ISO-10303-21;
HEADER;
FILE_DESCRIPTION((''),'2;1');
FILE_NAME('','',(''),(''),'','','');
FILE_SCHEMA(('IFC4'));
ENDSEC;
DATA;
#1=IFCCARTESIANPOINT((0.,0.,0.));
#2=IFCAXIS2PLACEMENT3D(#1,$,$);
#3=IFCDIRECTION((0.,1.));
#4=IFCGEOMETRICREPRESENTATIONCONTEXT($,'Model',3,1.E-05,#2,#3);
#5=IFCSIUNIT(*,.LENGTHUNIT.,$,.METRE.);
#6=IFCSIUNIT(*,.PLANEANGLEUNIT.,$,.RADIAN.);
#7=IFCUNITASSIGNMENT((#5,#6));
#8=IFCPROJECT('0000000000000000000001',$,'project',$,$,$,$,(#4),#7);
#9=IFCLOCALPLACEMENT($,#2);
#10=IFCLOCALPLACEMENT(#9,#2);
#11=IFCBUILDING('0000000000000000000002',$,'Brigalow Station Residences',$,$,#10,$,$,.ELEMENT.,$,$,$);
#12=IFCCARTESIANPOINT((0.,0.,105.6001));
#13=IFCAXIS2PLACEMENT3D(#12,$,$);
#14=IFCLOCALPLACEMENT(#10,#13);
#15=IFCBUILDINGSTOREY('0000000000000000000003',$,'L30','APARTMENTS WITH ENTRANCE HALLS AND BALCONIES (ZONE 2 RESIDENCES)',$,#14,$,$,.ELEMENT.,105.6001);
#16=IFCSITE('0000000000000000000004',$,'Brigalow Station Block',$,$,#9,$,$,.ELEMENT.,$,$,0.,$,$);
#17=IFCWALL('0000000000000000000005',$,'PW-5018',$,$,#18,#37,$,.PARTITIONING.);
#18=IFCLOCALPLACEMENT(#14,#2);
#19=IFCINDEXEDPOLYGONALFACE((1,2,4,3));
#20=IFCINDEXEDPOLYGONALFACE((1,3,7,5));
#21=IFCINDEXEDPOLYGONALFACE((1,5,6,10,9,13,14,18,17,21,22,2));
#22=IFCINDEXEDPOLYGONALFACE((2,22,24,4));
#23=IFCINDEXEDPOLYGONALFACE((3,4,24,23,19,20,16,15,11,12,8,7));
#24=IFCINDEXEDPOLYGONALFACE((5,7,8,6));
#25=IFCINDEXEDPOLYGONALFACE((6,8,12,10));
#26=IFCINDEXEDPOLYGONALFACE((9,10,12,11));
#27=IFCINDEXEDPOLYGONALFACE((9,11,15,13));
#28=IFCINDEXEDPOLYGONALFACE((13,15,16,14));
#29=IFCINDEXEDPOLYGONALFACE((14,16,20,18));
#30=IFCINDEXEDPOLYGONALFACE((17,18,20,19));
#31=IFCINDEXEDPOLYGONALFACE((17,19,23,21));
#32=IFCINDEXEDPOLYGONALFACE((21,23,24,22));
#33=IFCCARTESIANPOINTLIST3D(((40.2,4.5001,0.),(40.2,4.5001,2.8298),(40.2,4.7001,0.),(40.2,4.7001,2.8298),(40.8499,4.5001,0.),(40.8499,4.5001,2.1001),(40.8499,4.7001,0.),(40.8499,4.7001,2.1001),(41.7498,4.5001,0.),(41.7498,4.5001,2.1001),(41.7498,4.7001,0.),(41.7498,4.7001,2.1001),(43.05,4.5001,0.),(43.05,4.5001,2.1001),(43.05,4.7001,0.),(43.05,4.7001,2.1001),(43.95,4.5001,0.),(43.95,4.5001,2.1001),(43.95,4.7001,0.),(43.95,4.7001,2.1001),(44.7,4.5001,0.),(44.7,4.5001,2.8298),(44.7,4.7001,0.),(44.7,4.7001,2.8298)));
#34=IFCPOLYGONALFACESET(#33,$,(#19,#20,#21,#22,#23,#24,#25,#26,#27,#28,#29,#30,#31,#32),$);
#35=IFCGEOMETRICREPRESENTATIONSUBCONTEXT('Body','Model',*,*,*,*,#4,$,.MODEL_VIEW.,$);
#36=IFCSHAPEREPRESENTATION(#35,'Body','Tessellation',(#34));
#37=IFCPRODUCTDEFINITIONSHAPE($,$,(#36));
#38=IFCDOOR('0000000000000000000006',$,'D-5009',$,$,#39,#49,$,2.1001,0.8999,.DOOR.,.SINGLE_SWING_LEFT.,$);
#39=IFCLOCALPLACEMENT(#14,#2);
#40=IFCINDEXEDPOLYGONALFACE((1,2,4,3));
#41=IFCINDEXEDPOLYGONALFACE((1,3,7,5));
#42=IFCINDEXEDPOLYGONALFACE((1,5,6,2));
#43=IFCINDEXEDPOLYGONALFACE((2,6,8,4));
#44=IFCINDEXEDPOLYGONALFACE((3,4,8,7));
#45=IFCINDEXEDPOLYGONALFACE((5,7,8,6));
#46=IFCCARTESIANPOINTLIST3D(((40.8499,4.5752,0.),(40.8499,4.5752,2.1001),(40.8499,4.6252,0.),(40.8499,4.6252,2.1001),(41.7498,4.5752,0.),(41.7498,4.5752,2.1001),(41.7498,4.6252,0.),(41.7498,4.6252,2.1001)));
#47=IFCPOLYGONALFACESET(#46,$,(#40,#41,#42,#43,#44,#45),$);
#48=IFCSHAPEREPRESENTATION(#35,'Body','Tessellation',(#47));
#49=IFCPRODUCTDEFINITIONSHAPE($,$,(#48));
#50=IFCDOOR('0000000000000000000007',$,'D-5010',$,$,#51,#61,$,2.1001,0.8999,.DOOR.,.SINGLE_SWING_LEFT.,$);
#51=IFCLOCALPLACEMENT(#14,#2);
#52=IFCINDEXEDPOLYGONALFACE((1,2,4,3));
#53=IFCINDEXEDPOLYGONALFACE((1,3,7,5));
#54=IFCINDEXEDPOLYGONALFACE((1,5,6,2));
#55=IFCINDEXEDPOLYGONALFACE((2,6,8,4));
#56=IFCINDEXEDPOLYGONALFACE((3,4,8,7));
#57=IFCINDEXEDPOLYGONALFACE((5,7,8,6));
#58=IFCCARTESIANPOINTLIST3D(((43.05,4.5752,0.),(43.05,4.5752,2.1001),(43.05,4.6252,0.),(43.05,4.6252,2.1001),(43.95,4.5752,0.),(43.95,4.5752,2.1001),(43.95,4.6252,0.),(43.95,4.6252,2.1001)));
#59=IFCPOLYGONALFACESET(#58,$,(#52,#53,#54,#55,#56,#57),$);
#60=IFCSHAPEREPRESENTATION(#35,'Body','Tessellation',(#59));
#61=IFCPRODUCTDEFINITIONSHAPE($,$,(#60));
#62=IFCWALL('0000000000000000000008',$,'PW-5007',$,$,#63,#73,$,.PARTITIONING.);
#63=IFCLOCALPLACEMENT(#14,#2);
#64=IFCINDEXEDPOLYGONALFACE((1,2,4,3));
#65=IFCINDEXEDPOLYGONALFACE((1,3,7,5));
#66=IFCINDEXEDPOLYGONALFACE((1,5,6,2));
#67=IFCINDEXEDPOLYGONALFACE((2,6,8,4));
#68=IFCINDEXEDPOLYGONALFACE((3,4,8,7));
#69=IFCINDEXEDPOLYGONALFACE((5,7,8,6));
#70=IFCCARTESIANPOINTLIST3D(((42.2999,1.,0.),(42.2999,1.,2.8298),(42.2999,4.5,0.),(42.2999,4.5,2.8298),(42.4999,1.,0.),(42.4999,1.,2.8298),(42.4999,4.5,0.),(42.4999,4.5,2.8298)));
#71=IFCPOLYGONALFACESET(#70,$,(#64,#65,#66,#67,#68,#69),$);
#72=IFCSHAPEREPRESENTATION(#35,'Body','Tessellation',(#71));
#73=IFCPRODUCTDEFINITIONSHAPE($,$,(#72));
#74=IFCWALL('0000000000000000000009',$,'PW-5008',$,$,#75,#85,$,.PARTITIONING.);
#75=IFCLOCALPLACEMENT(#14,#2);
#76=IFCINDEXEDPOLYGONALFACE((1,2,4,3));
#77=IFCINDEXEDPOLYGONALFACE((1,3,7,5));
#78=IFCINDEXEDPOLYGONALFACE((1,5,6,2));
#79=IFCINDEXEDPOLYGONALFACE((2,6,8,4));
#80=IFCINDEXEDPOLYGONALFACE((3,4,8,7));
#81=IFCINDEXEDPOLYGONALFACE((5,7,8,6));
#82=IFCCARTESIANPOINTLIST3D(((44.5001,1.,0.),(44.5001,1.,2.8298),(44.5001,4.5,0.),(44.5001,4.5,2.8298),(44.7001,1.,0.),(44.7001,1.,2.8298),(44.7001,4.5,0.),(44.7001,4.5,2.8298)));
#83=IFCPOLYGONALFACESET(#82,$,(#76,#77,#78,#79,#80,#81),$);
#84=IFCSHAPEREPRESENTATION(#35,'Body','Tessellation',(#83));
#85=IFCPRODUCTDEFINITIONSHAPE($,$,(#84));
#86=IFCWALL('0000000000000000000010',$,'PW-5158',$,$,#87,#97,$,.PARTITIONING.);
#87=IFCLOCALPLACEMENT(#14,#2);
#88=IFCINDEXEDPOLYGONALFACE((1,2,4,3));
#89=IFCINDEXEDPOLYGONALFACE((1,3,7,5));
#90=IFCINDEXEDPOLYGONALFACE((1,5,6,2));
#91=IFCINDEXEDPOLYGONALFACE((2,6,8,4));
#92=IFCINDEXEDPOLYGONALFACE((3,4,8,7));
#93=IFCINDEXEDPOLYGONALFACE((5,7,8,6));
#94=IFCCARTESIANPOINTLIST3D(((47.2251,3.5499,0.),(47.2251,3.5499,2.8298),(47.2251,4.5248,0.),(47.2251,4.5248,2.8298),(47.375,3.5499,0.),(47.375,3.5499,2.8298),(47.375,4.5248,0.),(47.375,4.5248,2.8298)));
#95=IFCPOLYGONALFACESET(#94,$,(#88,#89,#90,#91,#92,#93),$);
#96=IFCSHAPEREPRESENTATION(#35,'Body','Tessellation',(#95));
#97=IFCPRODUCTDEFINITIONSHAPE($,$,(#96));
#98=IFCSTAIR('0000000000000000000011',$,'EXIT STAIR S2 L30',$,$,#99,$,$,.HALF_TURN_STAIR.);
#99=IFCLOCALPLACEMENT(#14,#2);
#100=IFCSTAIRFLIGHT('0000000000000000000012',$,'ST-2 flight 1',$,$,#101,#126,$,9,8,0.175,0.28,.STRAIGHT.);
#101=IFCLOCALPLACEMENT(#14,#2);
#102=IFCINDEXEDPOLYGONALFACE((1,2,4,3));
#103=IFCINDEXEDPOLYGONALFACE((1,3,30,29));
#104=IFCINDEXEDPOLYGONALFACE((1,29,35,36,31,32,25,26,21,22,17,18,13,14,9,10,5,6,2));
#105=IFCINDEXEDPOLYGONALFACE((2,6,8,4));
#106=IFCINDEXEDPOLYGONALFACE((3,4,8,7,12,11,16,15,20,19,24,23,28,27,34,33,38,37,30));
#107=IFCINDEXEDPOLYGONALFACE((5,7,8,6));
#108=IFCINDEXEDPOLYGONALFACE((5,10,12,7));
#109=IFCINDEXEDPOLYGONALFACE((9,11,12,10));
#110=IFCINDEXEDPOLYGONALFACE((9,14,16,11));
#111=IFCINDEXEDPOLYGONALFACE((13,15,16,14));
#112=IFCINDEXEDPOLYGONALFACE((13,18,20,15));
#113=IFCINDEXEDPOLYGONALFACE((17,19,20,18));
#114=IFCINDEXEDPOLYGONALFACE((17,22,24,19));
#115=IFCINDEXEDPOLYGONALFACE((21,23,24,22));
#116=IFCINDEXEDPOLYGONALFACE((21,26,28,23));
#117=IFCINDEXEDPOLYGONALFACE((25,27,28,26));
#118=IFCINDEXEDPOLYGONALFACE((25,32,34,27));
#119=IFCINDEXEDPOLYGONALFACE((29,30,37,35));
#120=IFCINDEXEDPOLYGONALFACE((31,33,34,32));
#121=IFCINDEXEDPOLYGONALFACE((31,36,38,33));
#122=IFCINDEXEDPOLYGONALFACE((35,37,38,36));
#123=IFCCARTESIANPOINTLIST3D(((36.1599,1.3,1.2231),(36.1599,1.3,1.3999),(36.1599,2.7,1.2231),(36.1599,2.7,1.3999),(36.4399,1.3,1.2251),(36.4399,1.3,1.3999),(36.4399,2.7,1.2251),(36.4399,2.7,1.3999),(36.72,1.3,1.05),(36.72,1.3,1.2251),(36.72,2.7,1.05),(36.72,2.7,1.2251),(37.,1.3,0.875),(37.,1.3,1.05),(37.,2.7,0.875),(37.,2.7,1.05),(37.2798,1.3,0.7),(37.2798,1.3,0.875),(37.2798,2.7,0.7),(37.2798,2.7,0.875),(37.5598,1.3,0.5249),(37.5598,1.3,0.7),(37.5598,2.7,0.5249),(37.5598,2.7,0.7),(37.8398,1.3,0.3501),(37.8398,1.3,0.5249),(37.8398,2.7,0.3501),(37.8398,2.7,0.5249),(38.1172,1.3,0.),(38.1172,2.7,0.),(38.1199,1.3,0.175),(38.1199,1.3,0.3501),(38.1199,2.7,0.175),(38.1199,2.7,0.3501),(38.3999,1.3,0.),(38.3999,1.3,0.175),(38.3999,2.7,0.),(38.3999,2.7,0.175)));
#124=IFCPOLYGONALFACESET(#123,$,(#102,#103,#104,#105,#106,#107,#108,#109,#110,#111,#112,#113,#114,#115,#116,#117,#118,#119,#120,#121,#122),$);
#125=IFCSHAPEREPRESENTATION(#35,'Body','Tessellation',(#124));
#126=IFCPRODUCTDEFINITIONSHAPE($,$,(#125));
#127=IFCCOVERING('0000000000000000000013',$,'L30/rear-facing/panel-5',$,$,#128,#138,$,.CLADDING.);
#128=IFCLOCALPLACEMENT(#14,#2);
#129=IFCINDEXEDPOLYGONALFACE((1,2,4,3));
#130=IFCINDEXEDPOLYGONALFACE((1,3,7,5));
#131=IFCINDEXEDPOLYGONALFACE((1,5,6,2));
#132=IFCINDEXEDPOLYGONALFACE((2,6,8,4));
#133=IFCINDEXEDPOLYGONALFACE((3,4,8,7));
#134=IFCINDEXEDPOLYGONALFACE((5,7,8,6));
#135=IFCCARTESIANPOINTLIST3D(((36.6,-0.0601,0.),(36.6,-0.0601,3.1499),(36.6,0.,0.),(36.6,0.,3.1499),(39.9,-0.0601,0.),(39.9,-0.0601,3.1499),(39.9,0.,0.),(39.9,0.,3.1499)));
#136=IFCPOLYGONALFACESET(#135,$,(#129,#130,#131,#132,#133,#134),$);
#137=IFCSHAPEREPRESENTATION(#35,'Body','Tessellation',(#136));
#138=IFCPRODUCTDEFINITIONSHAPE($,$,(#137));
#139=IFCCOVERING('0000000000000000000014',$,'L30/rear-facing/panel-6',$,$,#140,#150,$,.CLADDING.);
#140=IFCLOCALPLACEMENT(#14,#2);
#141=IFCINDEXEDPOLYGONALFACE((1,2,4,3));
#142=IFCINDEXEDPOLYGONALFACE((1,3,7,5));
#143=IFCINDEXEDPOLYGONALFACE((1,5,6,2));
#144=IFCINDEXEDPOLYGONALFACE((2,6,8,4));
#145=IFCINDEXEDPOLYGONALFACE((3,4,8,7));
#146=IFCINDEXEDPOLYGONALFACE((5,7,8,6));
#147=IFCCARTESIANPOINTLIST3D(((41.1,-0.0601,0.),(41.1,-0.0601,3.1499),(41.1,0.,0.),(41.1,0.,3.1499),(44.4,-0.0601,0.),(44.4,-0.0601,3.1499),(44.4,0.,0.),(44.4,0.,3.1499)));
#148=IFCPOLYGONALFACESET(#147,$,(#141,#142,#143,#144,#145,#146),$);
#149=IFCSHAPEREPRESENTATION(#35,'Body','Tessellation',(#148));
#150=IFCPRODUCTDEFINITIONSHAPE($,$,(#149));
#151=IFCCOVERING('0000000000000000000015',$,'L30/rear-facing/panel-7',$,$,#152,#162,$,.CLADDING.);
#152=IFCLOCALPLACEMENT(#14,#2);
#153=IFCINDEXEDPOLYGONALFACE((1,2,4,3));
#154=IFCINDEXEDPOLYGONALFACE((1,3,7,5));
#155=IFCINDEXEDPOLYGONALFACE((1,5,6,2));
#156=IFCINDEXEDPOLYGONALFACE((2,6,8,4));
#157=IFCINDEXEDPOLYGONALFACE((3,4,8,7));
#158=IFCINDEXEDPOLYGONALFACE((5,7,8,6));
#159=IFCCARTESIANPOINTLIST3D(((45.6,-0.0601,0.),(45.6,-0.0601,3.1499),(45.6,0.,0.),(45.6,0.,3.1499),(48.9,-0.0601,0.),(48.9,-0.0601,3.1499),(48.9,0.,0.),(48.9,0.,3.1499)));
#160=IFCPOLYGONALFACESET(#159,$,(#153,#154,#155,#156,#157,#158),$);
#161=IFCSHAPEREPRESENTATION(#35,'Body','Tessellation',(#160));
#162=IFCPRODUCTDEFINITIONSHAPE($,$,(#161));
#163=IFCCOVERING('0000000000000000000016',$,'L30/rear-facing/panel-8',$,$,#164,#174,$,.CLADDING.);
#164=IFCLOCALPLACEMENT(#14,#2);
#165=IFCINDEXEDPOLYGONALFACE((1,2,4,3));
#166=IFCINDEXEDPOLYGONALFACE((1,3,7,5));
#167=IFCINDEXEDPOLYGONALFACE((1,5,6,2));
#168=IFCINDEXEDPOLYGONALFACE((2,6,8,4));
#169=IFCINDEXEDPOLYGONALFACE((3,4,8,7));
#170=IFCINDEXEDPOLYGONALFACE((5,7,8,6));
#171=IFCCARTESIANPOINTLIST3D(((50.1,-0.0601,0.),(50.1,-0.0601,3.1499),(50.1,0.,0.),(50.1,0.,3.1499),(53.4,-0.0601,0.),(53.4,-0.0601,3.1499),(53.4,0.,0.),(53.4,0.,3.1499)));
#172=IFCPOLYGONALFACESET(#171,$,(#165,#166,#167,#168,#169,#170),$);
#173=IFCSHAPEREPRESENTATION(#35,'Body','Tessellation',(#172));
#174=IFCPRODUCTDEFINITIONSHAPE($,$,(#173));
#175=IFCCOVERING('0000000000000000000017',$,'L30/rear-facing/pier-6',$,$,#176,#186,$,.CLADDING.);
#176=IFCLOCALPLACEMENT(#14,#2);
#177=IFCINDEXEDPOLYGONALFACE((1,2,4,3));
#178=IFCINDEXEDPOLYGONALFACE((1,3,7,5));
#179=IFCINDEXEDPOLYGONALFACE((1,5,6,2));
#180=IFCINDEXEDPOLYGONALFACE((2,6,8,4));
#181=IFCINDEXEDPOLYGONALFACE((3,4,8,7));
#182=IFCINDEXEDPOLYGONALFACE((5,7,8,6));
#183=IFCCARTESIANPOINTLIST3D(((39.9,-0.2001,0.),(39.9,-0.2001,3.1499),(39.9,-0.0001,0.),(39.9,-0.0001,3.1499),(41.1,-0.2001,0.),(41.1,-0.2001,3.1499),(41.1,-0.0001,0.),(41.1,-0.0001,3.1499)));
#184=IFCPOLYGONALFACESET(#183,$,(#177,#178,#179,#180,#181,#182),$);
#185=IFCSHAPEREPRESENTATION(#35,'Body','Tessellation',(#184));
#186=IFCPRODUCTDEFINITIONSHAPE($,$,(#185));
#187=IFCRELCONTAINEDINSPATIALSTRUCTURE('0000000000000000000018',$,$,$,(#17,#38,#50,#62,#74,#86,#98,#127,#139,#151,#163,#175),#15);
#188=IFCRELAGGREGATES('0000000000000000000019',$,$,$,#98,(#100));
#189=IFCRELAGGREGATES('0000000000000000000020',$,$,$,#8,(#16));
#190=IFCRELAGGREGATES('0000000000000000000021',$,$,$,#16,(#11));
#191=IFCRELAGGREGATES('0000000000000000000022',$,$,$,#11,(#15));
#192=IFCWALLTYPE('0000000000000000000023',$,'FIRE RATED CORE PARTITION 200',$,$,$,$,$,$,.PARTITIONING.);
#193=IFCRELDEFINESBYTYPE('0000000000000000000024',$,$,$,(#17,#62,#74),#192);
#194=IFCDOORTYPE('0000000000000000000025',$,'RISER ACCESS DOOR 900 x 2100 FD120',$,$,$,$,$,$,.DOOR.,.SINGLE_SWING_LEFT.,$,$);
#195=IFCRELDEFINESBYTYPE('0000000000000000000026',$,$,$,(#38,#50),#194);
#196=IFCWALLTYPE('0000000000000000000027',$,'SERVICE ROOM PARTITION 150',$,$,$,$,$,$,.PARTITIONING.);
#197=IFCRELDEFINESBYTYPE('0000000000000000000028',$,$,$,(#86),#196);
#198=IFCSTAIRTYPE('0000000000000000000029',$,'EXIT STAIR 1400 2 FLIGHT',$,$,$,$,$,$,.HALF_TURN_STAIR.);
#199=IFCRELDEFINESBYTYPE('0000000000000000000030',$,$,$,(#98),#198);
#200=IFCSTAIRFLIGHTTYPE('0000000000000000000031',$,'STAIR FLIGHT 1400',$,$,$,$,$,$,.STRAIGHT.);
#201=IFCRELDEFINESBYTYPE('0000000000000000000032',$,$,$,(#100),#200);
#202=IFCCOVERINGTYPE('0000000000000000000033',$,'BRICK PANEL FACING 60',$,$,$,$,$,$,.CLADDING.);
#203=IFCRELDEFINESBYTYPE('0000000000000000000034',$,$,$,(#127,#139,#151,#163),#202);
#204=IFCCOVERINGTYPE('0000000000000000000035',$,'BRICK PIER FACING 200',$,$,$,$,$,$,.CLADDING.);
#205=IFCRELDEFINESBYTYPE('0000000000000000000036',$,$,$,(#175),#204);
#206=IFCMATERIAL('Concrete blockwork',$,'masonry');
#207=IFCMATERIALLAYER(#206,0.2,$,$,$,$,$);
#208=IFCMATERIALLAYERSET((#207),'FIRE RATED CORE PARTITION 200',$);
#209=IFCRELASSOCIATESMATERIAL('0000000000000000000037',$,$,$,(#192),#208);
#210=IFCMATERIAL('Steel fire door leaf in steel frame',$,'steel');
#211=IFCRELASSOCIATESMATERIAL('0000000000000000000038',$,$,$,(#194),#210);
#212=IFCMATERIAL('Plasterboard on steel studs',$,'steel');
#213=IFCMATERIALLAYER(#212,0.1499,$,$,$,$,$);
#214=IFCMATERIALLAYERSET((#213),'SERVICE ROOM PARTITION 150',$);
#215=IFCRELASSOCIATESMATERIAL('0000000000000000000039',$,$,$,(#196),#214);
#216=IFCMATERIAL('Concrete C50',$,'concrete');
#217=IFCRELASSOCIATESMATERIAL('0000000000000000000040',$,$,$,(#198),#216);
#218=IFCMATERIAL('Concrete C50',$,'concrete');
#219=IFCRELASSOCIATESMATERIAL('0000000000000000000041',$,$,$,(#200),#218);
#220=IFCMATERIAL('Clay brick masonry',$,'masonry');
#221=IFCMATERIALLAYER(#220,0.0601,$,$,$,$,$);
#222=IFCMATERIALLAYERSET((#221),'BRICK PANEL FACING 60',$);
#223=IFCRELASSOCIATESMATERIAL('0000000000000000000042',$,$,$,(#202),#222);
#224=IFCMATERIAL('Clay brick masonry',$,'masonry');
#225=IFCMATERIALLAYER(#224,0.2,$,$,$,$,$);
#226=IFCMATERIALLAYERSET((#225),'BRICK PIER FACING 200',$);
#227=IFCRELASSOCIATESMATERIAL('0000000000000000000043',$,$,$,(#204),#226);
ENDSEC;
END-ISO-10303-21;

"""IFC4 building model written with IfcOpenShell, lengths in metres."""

from ifc_helpers import new_model, si_unit, direction, frame, frame_2d, origin, origin_2d, place, context, subcontext, project, spatial, polyline, rectangle, outline, extrude, material, layer, layer_set, type_object, element, fill, aggregate, save


model = new_model("IFC4")

# Units and contexts
model_context = context("Model", 3, precision=1e-05, world=origin(), true_north=direction((0.0, 1.0)))
body_context = subcontext(model_context, "Body", "Model", "MODEL_VIEW")
ifc_project = project(units=[si_unit("LENGTHUNIT", "METRE"), si_unit("PLANEANGLEUNIT", "RADIAN")], contexts=[model_context])

# Site, building, storey
site_placement = place(None, origin())
site = spatial("IfcSite", under=ifc_project, at=site_placement, Name="Brigalow Station Block", CompositionType="ELEMENT", RefElevation=0.0)
building_placement = place(site_placement, origin())
building = spatial("IfcBuilding", under=site, at=building_placement, Name="Brigalow Station Residences", CompositionType="ELEMENT")
storey_placement = place(building_placement, frame((0.0, 0.0, 105.6001)))
storey = spatial("IfcBuildingStorey", under=building, at=storey_placement, Name="L30", Description="APARTMENTS WITH ENTRANCE HALLS AND BALCONIES (ZONE 2 RESIDENCES)", CompositionType="ELEMENT", Elevation=105.6001)

# Wall, openings, doors
ifc_material_1 = material(Name="Concrete blockwork", Category="masonry")
ifc_layer_1 = layer(ifc_material_1, 0.2)
ifc_layer_set_1 = layer_set([ifc_layer_1], Name="FIRE RATED CORE PARTITION 200")
wall_type_1 = type_object("IfcWallType", Name="FIRE RATED CORE PARTITION 200", PredefinedType="PARTITIONING", material=ifc_layer_set_1)
wall_1_placement = place(storey_placement, frame((40.2, 4.6001, 0.0), z_axis=(0.0, 0.0, 1.0), x_axis=(1.0, 0.0, 0.0)))
wall_1 = element("IfcWall", 1, at=wall_1_placement, inside=storey, type_object=wall_type_1, Name="PW-5018", PredefinedType="PARTITIONING", context=body_context, shape_type="SweptSolid", body=[
    extrude(rectangle(XDim=4.5, YDim=0.2, at=frame_2d((2.25, 0.0))), origin(), (0.0, 0.0, 1.0), 2.8298),
])
opening_1_placement = place(wall_1_placement, frame((0.6499, 0.0, 0.0)))
opening_1 = element("IfcOpeningElement", 2, at=opening_1_placement, cuts=wall_1, PredefinedType="OPENING", context=body_context, shape_type="SweptSolid", body=[
    extrude(rectangle(XDim=0.8999, YDim=2.1001, at=frame_2d((0.45, 1.05))), frame((0.0, 0.1099, 0.0), z_axis=(0.0, -1.0, 0.0), x_axis=(1.0, 0.0, 0.0)), (0.0, 0.0, 1.0), 0.22),
])
opening_2_placement = place(wall_1_placement, frame((2.8501, 0.0, 0.0)))
opening_2 = element("IfcOpeningElement", 3, at=opening_2_placement, cuts=wall_1, PredefinedType="OPENING", context=body_context, shape_type="SweptSolid", body=[
    extrude(rectangle(XDim=0.8999, YDim=2.1001, at=frame_2d((0.45, 1.05))), frame((0.0, 0.1099, 0.0), z_axis=(0.0, -1.0, 0.0), x_axis=(1.0, 0.0, 0.0)), (0.0, 0.0, 1.0), 0.22),
])
ifc_material_2 = material(Name="Steel fire door leaf in steel frame", Category="steel")
door_type_1 = type_object("IfcDoorType", Name="RISER ACCESS DOOR 900 x 2100 FD120", OperationType="SINGLE_SWING_LEFT", PredefinedType="DOOR", material=ifc_material_2)
door_1_placement = place(opening_1_placement, frame((0.8999, 0.0, 0.0), z_axis=(0.0, 0.0, 1.0), x_axis=(-1.0, 0.0, 0.0)))
door_1 = element("IfcDoor", 4, at=door_1_placement, inside=storey, type_object=door_type_1, Name="D-5009", OperationType="SINGLE_SWING_LEFT", OverallHeight=2.1001, OverallWidth=0.8999, PredefinedType="DOOR", context=body_context, shape_type="SweptSolid", body=[
    extrude(rectangle(XDim=0.8999, YDim=2.1001, at=frame_2d((0.45, 1.05))), frame((0.0, 0.0249, 0.0), z_axis=(0.0, -1.0, 0.0), x_axis=(1.0, 0.0, 0.0)), (0.0, 0.0, 1.0), 0.05),
])
fill(opening_1, door_1)
door_2_placement = place(opening_2_placement, frame((0.8999, 0.0, 0.0), z_axis=(0.0, 0.0, 1.0), x_axis=(-1.0, 0.0, 0.0)))
door_2 = element("IfcDoor", 5, at=door_2_placement, inside=storey, type_object=door_type_1, Name="D-5010", OperationType="SINGLE_SWING_LEFT", OverallHeight=2.1001, OverallWidth=0.8999, PredefinedType="DOOR", context=body_context, shape_type="SweptSolid", body=[
    extrude(rectangle(XDim=0.8999, YDim=2.1001, at=frame_2d((0.45, 1.05))), frame((0.0, 0.0249, 0.0), z_axis=(0.0, -1.0, 0.0), x_axis=(1.0, 0.0, 0.0)), (0.0, 0.0, 1.0), 0.05),
])
fill(opening_2, door_2)

# Walls
for number, where, z_axis, x_axis, name in (
    (6, (42.3999, 1.0, 0.0), (0.0, 0.0, 1.0), (0.0, 1.0, 0.0), "PW-5007"),
    (7, (44.6001, 1.0, 0.0), (0.0, 0.0, 1.0), (0.0, 1.0, 0.0), "PW-5008"),
):
    element("IfcWall", number, at=place(storey_placement, frame(where, z_axis=z_axis, x_axis=x_axis)), inside=storey, type_object=wall_type_1, Name=name, PredefinedType="PARTITIONING", context=body_context, shape_type="SweptSolid", body=[
        extrude(rectangle(XDim=3.5, YDim=0.2, at=frame_2d((1.75, 0.0))), origin(), (0.0, 0.0, 1.0), 2.8298),
    ])
ifc_material_3 = material(Name="Plasterboard on steel studs", Category="steel")
ifc_layer_2 = layer(ifc_material_3, 0.1499)
ifc_layer_set_2 = layer_set([ifc_layer_2], Name="SERVICE ROOM PARTITION 150")
wall_type_2 = type_object("IfcWallType", Name="SERVICE ROOM PARTITION 150", PredefinedType="PARTITIONING", material=ifc_layer_set_2)
wall_2_placement = place(storey_placement, frame((47.3, 3.55, 0.0), z_axis=(0.0, 0.0, 1.0), x_axis=(0.0, 1.0, 0.0)))
element("IfcWall", 8, at=wall_2_placement, inside=storey, type_object=wall_type_2, Name="PW-5158", PredefinedType="PARTITIONING", context=body_context, shape_type="SweptSolid", body=[
    extrude(rectangle(XDim=0.9749, YDim=0.1499, at=frame_2d((0.4873, 0.0))), origin(), (0.0, 0.0, 1.0), 2.8298),
])

# Stair, stair flight
ifc_material_4 = material(Name="Concrete C50", Category="concrete")
stair_type = type_object("IfcStairType", Name="EXIT STAIR 1400 2 FLIGHT", PredefinedType="HALF_TURN_STAIR", material=ifc_material_4)
stair_placement = place(storey_placement, origin())
stair = element("IfcStair", 9, at=stair_placement, inside=storey, type_object=stair_type, Name="EXIT STAIR S2 L30", PredefinedType="HALF_TURN_STAIR")
ifc_material_5 = material(Name="Concrete C50", Category="concrete")
stair_flight_type = type_object("IfcStairFlightType", Name="STAIR FLIGHT 1400", PredefinedType="STRAIGHT", material=ifc_material_5)
stair_flight_placement = place(storey_placement, frame((38.3999, 2.0, 0.0), z_axis=(0.0, 0.0, 1.0), x_axis=(-1.0, 0.0, 0.0)))
stair_flight = element("IfcStairFlight", 10, at=stair_flight_placement, type_object=stair_flight_type, Name="ST-2 flight 1", NumberOfRisers=9, NumberOfTreads=8, PredefinedType="STRAIGHT", RiserHeight=0.175, TreadLength=0.28, context=body_context, shape_type="SweptSolid", body=[
    extrude(outline(polyline([(0.0, 0.0), (0.0, 0.175), (0.28, 0.175), (0.28, 0.3501), (0.5601, 0.3501), (0.5601, 0.5249), (0.8401, 0.5249), (0.8401, 0.7), (1.1201, 0.7), (1.1201, 0.875), (1.3999, 0.875), (1.3999, 1.05), (1.6799, 1.05), (1.6799, 1.2251), (1.96, 1.2251), (1.96, 1.3999), (2.24, 1.3999), (2.24, 1.575), (2.24, 1.2231), (0.2827, 0.0), (0.0, 0.0)])), frame((0.0, 0.7, 0.0), z_axis=(0.0, -1.0, 0.0), x_axis=(1.0, 0.0, 0.0)), (0.0, 0.0, 1.0), 1.3999),
])
aggregate(stair, [stair_flight])

# Coverings
ifc_material_6 = material(Name="Clay brick masonry", Category="masonry")
ifc_layer_3 = layer(ifc_material_6, 0.0601)
ifc_layer_set_3 = layer_set([ifc_layer_3], Name="BRICK PANEL FACING 60")
covering_type_1 = type_object("IfcCoveringType", Name="BRICK PANEL FACING 60", PredefinedType="CLADDING", material=ifc_layer_set_3)
for number, where, z_axis, x_axis, name in (
    (11, (38.25, -0.03, 0.0), (0.0, 0.0, 1.0), (1.0, 0.0, 0.0), "L30/rear-facing/panel-5"),
    (12, (42.75, -0.03, 0.0), (0.0, 0.0, 1.0), (1.0, 0.0, 0.0), "L30/rear-facing/panel-6"),
    (13, (47.25, -0.03, 0.0), (0.0, 0.0, 1.0), (1.0, 0.0, 0.0), "L30/rear-facing/panel-7"),
    (14, (51.75, -0.03, 0.0), (0.0, 0.0, 1.0), (1.0, 0.0, 0.0), "L30/rear-facing/panel-8"),
):
    element("IfcCovering", number, at=place(storey_placement, frame(where, z_axis=z_axis, x_axis=x_axis)), inside=storey, type_object=covering_type_1, Name=name, PredefinedType="CLADDING", context=body_context, shape_type="SweptSolid", body=[
        extrude(rectangle(XDim=3.3, YDim=0.0601, at=origin_2d()), origin(), (0.0, 0.0, 1.0), 3.1499),
    ])
ifc_material_7 = material(Name="Clay brick masonry", Category="masonry")
ifc_layer_4 = layer(ifc_material_7, 0.2)
ifc_layer_set_4 = layer_set([ifc_layer_4], Name="BRICK PIER FACING 200")
covering_type_2 = type_object("IfcCoveringType", Name="BRICK PIER FACING 200", PredefinedType="CLADDING", material=ifc_layer_set_4)
for number, where, z_axis, x_axis, name in (
    (15, (40.5, -0.1001, 0.0), (0.0, 0.0, 1.0), (1.0, 0.0, 0.0), "L30/rear-facing/pier-6"),
):
    element("IfcCovering", number, at=place(storey_placement, frame(where, z_axis=z_axis, x_axis=x_axis)), inside=storey, type_object=covering_type_2, Name=name, PredefinedType="CLADDING", context=body_context, shape_type="SweptSolid", body=[
        extrude(rectangle(XDim=1.2, YDim=0.2, at=origin_2d()), origin(), (0.0, 0.0, 1.0), 3.1499),
    ])

save(model, "model.ifc")
